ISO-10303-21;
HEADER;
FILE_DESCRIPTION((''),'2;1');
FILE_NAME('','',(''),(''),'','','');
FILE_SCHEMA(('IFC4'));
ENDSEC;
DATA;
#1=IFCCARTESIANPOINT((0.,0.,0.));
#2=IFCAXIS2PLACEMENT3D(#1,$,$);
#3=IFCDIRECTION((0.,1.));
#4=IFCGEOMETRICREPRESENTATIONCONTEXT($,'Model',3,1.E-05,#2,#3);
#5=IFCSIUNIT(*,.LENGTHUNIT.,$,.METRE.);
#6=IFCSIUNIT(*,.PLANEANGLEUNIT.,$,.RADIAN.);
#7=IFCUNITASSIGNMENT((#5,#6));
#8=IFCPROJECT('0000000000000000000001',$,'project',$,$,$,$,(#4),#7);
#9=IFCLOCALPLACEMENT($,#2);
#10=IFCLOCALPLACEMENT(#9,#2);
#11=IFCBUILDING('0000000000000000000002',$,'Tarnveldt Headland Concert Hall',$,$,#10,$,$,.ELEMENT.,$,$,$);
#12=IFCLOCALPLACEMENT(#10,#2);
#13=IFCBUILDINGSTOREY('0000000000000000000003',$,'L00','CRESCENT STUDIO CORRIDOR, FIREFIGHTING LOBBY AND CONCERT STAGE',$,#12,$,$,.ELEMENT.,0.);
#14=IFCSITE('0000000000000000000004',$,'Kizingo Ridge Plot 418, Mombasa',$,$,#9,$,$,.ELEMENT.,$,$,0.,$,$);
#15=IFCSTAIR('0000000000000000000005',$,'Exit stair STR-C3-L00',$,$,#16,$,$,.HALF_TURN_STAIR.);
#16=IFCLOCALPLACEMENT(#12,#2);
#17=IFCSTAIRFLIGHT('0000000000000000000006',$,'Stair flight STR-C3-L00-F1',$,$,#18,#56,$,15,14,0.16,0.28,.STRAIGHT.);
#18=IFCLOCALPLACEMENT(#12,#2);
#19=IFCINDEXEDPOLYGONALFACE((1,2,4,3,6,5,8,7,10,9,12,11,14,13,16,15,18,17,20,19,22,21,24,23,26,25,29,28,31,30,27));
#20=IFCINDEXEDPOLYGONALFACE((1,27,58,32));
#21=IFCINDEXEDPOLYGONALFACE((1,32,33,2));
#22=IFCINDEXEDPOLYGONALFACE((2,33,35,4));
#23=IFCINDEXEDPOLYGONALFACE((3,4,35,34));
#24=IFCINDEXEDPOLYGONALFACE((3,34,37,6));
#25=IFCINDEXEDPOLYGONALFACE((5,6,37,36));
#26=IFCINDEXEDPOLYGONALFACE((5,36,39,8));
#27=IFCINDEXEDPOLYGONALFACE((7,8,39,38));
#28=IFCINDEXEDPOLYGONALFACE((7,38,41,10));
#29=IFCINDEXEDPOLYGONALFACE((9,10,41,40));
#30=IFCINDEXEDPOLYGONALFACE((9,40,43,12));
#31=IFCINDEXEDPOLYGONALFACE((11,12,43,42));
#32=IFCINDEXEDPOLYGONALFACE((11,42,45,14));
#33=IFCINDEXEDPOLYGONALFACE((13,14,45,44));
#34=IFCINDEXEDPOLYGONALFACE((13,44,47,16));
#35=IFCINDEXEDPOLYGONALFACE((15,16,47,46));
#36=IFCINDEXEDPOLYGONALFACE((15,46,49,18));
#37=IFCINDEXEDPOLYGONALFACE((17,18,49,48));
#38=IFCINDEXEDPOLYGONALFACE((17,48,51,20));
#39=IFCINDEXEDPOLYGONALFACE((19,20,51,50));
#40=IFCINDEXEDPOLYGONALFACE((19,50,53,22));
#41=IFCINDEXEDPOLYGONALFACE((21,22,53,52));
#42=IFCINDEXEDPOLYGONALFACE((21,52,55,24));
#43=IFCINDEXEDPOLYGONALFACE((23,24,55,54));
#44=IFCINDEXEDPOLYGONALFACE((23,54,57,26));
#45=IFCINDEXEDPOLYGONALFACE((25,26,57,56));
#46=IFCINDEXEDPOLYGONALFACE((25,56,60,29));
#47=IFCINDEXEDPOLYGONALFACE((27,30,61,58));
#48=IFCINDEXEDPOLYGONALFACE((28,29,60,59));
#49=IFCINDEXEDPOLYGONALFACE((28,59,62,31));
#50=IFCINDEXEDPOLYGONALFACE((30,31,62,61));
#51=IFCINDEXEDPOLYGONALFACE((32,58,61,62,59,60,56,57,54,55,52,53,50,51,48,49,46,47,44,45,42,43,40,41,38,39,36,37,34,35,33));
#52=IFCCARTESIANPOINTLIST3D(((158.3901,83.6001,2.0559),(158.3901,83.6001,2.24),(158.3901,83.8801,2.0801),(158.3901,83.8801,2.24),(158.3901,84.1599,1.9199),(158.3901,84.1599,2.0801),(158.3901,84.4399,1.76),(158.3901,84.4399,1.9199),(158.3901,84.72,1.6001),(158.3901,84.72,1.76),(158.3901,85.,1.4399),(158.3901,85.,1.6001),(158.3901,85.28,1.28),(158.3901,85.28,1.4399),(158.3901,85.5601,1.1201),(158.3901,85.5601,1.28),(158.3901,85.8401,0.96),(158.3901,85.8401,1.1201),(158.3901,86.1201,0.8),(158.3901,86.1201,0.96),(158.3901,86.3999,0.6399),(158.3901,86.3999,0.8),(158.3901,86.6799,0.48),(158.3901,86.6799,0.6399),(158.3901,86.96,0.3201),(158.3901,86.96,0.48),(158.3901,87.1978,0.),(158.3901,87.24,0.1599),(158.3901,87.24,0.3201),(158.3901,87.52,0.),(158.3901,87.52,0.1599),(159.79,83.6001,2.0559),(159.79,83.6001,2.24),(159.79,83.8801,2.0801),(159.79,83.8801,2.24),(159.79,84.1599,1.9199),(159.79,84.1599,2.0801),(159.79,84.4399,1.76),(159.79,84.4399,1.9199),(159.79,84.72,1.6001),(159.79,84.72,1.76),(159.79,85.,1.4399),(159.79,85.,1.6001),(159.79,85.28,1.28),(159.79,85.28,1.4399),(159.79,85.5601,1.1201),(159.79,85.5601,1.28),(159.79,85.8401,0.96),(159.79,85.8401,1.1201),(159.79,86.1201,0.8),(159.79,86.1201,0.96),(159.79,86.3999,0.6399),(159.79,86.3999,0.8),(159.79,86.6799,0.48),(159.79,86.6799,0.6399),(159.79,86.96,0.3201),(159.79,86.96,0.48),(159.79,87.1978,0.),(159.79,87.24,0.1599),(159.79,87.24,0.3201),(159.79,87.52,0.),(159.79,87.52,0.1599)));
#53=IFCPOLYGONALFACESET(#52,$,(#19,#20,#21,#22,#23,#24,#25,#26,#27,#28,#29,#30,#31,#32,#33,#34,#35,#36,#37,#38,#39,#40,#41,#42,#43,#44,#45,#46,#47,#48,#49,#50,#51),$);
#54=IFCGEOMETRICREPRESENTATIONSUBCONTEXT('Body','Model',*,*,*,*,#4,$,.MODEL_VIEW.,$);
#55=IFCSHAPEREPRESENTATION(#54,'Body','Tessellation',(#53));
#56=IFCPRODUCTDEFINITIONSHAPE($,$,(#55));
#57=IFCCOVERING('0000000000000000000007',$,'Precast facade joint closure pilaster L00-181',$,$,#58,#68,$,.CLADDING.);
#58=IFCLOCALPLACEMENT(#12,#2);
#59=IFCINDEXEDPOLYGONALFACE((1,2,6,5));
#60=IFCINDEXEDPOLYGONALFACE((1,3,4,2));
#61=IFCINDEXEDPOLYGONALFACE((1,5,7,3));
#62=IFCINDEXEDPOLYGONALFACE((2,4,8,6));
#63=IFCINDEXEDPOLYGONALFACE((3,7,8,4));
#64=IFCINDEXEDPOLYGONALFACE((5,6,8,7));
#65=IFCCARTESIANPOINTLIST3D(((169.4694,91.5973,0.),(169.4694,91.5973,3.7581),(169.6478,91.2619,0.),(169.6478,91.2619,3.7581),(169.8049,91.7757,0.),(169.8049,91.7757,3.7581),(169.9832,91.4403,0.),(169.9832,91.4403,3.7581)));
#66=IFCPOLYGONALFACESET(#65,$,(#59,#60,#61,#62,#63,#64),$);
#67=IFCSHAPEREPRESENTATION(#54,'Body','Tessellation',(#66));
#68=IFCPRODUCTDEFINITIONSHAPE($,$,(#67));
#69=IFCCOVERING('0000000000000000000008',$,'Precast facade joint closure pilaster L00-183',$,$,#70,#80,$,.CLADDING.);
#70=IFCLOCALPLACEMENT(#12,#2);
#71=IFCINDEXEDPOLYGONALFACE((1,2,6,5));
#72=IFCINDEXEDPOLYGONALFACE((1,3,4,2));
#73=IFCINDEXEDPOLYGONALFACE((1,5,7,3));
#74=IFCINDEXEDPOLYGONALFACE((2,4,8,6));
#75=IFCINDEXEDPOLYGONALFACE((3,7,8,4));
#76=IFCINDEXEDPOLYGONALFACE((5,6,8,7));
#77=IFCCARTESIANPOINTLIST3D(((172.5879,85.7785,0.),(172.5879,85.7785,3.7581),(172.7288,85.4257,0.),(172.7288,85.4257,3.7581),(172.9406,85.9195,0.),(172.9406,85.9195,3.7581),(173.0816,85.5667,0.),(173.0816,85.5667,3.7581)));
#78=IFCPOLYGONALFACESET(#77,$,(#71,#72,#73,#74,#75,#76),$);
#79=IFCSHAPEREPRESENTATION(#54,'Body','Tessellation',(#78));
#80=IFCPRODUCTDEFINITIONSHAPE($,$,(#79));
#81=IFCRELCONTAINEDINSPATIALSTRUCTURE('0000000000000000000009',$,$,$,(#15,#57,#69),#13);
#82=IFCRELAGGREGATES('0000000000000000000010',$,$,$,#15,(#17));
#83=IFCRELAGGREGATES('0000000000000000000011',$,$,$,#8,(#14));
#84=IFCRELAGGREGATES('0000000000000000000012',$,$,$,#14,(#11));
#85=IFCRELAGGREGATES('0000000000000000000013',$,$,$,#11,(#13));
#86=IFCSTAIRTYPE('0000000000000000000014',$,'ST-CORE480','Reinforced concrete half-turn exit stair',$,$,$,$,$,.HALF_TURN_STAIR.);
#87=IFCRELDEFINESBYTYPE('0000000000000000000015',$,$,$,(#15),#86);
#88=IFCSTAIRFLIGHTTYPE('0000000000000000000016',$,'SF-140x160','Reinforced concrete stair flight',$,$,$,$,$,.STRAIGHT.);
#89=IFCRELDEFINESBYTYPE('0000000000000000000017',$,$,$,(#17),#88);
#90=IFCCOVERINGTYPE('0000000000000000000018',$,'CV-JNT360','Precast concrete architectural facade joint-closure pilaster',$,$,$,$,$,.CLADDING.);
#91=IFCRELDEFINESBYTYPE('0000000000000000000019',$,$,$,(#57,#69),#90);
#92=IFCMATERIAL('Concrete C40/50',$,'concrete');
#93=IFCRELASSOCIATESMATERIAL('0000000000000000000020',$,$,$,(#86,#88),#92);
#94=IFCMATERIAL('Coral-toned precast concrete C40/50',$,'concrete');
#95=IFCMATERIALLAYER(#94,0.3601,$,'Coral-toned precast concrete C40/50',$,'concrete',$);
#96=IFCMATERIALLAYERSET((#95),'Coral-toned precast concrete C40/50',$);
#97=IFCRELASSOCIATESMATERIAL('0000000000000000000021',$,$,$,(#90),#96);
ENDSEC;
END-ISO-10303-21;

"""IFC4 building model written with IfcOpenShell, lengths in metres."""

from ifc_helpers import new_model, si_unit, direction, frame, origin, origin_2d, place, context, subcontext, project, spatial, polyline, rectangle, outline, extrude, material, layer, layer_set, type_object, element, aggregate, save


model = new_model("IFC4")

# Units and contexts
model_context = context("Model", 3, precision=1e-05, world=origin(), true_north=direction((0.0, 1.0)))
body_context = subcontext(model_context, "Body", "Model", "MODEL_VIEW")
ifc_project = project(units=[si_unit("LENGTHUNIT", "METRE"), si_unit("PLANEANGLEUNIT", "RADIAN")], contexts=[model_context])

# Site, building, storey
site_placement = place(None, origin())
site = spatial("IfcSite", under=ifc_project, at=site_placement, Name="Kizingo Ridge Plot 418, Mombasa", CompositionType="ELEMENT", RefElevation=0.0)
building_placement = place(site_placement, origin())
building = spatial("IfcBuilding", under=site, at=building_placement, Name="Tarnveldt Headland Concert Hall", CompositionType="ELEMENT")
storey_placement = place(building_placement, origin())
storey = spatial("IfcBuildingStorey", under=building, at=storey_placement, Name="L00", Description="CRESCENT STUDIO CORRIDOR, FIREFIGHTING LOBBY AND CONCERT STAGE", CompositionType="ELEMENT", Elevation=0.0)

# Shared definitions
ifc_material_1 = material(Name="Concrete C40/50", Category="concrete")

# Shared definitions
ifc_material_2 = material(Name="Coral-toned precast concrete C40/50", Category="concrete")

# Stair, stair flight
stair_type = type_object("IfcStairType", Name="ST-CORE480", Description="Reinforced concrete half-turn exit stair", PredefinedType="HALF_TURN_STAIR", material=ifc_material_1)
stair_placement = place(storey_placement, origin())
stair = element("IfcStair", 1, at=stair_placement, inside=storey, type_object=stair_type, Name="Exit stair STR-C3-L00", PredefinedType="HALF_TURN_STAIR")
stair_flight_type = type_object("IfcStairFlightType", Name="SF-140x160", Description="Reinforced concrete stair flight", PredefinedType="STRAIGHT", material=ifc_material_1)
stair_flight_placement = place(storey_placement, frame((159.0901, 87.52, 0.0), z_axis=(0.0, 0.0, 1.0), x_axis=(0.0, -1.0, 0.0)))
stair_flight = element("IfcStairFlight", 2, at=stair_flight_placement, type_object=stair_flight_type, Name="Stair flight STR-C3-L00-F1", NumberOfRisers=15, NumberOfTreads=14, PredefinedType="STRAIGHT", RiserHeight=0.16, TreadLength=0.28, context=body_context, shape_type="SweptSolid", body=[
    extrude(outline(polyline([(0.0, 0.0), (0.0, 0.1599), (0.28, 0.1599), (0.28, 0.3201), (0.5601, 0.3201), (0.5601, 0.48), (0.8401, 0.48), (0.8401, 0.6399), (1.1201, 0.6399), (1.1201, 0.8), (1.3999, 0.8), (1.3999, 0.96), (1.6799, 0.96), (1.6799, 1.1201), (1.96, 1.1201), (1.96, 1.28), (2.24, 1.28), (2.24, 1.4399), (2.52, 1.4399), (2.52, 1.6001), (2.8, 1.6001), (2.8, 1.76), (3.0801, 1.76), (3.0801, 1.9199), (3.3601, 1.9199), (3.3601, 2.0801), (3.6399, 2.0801), (3.6399, 2.24), (3.9199, 2.24), (3.9199, 2.3999), (3.9199, 2.0559), (0.3223, 0.0), (0.0, 0.0)])), frame((0.0, 0.7, 0.0), z_axis=(0.0, -1.0, 0.0), x_axis=(1.0, 0.0, 0.0)), (0.0, 0.0, 1.0), 1.3999),
])
aggregate(stair, [stair_flight])

# Coverings
ifc_layer_1 = layer(ifc_material_2, 0.3601, Name="Coral-toned precast concrete C40/50", Category="concrete")
ifc_layer_set_1 = layer_set([ifc_layer_1], Name="Coral-toned precast concrete C40/50")
covering_type = type_object("IfcCoveringType", Name="CV-JNT360", Description="Precast concrete architectural facade joint-closure pilaster", PredefinedType="CLADDING", material=ifc_layer_set_1)
for number, where, z_axis, x_axis, name in (
    (3, (169.7263, 91.5188, 0.0), (0.0, 0.0, 1.0), (0.469472, -0.882948, 0.0), "Precast facade joint closure pilaster L00-181"),
    (4, (172.8347, 85.6726, 0.0), (0.0, 0.0, 1.0), (0.371044, -0.928615, 0.0), "Precast facade joint closure pilaster L00-183"),
):
    element("IfcCovering", number, at=place(storey_placement, frame(where, z_axis=z_axis, x_axis=x_axis)), inside=storey, type_object=covering_type, Name=name, PredefinedType="CLADDING", context=body_context, shape_type="SweptSolid", body=[
        extrude(rectangle(XDim=0.3799, YDim=0.3799, at=origin_2d()), origin(), (0.0, 0.0, 1.0), 3.7581),
    ])

save(model, "model.ifc")
